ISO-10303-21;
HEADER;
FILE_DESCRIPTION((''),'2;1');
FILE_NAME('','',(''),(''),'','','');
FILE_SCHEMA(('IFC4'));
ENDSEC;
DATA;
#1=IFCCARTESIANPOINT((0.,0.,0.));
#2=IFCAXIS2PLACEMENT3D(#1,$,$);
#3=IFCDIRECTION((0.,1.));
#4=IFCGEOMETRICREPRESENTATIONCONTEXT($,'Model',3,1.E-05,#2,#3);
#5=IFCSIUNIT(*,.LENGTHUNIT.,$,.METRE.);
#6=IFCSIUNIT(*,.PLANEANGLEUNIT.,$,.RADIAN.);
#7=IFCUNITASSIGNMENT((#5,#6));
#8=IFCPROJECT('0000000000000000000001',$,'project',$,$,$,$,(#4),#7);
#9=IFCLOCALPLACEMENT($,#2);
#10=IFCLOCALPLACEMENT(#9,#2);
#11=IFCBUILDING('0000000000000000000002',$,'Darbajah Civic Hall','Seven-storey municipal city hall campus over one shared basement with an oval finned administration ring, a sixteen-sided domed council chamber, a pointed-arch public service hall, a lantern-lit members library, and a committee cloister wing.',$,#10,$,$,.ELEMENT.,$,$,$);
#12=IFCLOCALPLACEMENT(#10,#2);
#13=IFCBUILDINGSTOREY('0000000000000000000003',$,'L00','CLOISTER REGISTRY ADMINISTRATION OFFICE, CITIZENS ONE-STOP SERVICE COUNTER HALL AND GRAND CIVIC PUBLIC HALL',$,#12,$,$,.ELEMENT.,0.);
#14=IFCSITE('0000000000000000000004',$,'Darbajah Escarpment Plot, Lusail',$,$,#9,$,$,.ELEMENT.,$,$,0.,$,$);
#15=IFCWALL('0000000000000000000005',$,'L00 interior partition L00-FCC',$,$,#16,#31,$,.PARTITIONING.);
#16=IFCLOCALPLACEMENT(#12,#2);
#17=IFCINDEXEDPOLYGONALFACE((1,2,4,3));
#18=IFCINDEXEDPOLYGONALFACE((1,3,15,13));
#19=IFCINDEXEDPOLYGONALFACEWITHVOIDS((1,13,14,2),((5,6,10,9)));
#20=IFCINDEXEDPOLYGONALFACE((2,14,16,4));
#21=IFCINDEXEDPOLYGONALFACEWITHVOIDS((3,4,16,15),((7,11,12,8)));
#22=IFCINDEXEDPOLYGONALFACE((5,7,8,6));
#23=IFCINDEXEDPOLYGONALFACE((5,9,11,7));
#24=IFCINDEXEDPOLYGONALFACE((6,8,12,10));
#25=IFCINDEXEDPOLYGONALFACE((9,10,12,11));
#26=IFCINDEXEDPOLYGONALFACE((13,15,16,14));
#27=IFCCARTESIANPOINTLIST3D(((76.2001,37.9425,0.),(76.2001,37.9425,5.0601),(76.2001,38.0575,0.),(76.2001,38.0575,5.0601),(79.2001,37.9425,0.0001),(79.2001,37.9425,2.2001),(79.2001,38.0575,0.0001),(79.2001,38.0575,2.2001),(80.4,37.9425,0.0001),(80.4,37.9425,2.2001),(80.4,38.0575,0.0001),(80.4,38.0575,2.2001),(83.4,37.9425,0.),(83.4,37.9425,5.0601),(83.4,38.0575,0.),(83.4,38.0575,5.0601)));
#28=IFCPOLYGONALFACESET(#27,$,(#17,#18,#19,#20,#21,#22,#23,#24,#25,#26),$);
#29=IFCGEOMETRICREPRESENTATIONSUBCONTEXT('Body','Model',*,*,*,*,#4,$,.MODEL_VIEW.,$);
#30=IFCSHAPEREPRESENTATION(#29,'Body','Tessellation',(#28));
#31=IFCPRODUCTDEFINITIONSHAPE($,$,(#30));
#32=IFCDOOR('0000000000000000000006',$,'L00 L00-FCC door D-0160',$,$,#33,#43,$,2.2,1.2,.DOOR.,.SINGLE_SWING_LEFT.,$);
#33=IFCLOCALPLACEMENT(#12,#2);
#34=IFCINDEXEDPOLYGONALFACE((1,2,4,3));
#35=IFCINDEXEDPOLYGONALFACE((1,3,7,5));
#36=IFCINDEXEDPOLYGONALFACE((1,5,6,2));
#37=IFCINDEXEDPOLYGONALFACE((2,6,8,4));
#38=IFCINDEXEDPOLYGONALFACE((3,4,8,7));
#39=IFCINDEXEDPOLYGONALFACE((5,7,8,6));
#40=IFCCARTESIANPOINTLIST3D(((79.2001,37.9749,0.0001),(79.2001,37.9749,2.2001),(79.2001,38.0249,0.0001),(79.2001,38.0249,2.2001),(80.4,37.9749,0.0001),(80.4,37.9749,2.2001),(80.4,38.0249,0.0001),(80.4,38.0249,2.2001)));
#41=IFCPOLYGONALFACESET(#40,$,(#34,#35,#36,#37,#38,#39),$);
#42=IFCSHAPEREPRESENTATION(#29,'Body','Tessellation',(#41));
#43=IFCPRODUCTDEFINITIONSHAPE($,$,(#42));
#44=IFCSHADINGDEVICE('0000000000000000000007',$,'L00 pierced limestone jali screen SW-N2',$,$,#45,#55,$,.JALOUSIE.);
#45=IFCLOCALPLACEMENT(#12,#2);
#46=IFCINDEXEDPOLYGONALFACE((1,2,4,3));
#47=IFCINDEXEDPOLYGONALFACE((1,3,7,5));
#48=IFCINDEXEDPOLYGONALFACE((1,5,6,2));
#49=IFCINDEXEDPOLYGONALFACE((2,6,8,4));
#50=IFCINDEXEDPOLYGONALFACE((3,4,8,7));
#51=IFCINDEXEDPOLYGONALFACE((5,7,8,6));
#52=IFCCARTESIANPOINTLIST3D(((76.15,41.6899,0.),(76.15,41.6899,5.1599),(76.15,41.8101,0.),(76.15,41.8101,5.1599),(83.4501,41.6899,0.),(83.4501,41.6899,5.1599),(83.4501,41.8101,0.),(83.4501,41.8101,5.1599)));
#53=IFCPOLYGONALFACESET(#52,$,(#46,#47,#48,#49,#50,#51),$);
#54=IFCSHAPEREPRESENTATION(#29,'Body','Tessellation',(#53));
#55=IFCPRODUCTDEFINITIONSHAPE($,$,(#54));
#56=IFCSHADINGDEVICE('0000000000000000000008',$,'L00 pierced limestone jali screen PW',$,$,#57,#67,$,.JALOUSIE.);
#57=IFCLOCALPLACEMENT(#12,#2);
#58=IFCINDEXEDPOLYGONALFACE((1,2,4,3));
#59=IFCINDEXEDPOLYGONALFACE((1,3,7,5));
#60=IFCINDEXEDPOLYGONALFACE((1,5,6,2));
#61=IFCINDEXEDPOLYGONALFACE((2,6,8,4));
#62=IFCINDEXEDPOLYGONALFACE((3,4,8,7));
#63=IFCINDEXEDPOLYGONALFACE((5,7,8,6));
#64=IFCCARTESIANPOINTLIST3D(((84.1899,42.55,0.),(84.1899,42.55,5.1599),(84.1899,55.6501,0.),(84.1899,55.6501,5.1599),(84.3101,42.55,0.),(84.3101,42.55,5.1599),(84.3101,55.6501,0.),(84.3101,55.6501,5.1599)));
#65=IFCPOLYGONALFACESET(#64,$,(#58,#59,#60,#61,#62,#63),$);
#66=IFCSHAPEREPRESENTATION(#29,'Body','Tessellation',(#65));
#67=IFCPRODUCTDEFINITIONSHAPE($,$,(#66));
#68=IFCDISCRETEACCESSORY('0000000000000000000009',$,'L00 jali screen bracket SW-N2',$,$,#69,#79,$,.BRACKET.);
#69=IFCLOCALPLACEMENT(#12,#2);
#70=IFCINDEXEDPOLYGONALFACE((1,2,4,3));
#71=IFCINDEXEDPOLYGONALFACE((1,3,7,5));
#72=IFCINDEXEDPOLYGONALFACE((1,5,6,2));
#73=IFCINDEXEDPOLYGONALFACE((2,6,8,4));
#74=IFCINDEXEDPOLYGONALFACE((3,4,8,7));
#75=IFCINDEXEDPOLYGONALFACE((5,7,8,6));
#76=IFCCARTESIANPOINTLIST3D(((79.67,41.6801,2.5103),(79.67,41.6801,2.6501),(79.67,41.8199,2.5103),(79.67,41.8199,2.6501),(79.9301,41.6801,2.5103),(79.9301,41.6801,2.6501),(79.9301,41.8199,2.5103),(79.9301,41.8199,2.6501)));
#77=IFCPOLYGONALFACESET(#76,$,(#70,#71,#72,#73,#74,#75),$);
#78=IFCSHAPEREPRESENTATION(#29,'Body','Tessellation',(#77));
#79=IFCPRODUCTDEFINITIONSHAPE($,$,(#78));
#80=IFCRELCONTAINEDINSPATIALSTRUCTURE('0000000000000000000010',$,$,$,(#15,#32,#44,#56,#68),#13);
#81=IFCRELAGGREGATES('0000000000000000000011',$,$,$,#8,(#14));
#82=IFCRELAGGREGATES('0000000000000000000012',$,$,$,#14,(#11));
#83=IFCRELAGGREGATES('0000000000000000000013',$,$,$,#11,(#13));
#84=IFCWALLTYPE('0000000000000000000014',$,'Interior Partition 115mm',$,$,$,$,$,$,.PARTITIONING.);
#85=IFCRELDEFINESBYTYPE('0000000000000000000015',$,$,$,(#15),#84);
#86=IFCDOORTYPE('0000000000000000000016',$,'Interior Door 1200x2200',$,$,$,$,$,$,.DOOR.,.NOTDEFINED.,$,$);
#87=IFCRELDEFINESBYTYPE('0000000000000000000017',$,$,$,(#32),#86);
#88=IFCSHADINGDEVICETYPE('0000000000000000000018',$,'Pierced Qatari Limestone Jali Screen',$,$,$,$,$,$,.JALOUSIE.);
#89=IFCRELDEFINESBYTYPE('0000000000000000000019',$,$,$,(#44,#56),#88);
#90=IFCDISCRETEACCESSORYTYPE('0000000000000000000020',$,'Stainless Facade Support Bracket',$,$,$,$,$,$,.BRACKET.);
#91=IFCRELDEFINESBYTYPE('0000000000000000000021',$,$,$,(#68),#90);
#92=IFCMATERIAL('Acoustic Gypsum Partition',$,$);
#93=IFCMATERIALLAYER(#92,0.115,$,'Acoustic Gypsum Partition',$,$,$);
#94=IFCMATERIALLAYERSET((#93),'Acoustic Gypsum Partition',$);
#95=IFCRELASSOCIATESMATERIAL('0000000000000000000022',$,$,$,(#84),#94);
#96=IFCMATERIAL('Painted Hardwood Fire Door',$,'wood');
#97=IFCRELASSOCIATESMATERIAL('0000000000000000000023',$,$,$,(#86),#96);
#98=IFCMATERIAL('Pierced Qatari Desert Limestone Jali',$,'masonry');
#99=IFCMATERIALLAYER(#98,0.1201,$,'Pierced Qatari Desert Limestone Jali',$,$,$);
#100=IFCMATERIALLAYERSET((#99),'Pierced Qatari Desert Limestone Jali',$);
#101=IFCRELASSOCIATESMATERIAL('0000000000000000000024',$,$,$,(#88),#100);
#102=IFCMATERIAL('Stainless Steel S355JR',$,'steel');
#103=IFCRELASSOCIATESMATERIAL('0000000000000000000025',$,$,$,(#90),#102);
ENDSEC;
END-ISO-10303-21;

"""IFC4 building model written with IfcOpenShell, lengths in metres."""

from ifc_helpers import new_model, si_unit, direction, frame, frame_2d, origin, origin_2d, place, context, subcontext, project, spatial, rectangle, extrude, material, layer, layer_set, type_object, element, fill, save


model = new_model("IFC4")

# Units and contexts
model_context = context("Model", 3, precision=1e-05, world=origin(), true_north=direction((0.0, 1.0)))
body_context = subcontext(model_context, "Body", "Model", "MODEL_VIEW")
ifc_project = project(units=[si_unit("LENGTHUNIT", "METRE"), si_unit("PLANEANGLEUNIT", "RADIAN")], contexts=[model_context])

# Site, building, storey
site_placement = place(None, origin())
site = spatial("IfcSite", under=ifc_project, at=site_placement, Name="Darbajah Escarpment Plot, Lusail", CompositionType="ELEMENT", RefElevation=0.0)
building_placement = place(site_placement, origin())
building = spatial("IfcBuilding", under=site, at=building_placement, Name="Darbajah Civic Hall", Description="Seven-storey municipal city hall campus over one shared basement with an oval finned administration ring, a sixteen-sided domed council chamber, a pointed-arch public service hall, a lantern-lit members library, and a committee cloister wing.", CompositionType="ELEMENT")
storey_placement = place(building_placement, origin())
storey = spatial("IfcBuildingStorey", under=building, at=storey_placement, Name="L00", Description="CLOISTER REGISTRY ADMINISTRATION OFFICE, CITIZENS ONE-STOP SERVICE COUNTER HALL AND GRAND CIVIC PUBLIC HALL", CompositionType="ELEMENT", Elevation=0.0)

# Wall, opening, door
ifc_material_1 = material(Name="Acoustic Gypsum Partition")
ifc_layer_1 = layer(ifc_material_1, 0.115, Name="Acoustic Gypsum Partition")
ifc_layer_set_1 = layer_set([ifc_layer_1], Name="Acoustic Gypsum Partition")
wall_type = type_object("IfcWallType", Name="Interior Partition 115mm", PredefinedType="PARTITIONING", material=ifc_layer_set_1)
wall_placement = place(storey_placement, frame((76.2, 38.0, 0.0), z_axis=(0.0, 0.0, 1.0), x_axis=(1.0, 0.0, 0.0)))
wall = element("IfcWall", 1, at=wall_placement, inside=storey, type_object=wall_type, Name="L00 interior partition L00-FCC", PredefinedType="PARTITIONING", context=body_context, shape_type="SweptSolid", body=[
    extrude(rectangle(XDim=7.2, YDim=0.115, at=frame_2d((3.6001, 0.0))), origin(), (0.0, 0.0, 1.0), 5.0601),
])
opening_placement = place(wall_placement, frame((3.0, 0.0, 0.0)))
opening = element("IfcOpeningElement", 2, at=opening_placement, cuts=wall, PredefinedType="OPENING", context=body_context, shape_type="SweptSolid", body=[
    extrude(rectangle(XDim=1.2, YDim=2.2, at=frame_2d((0.6001, 1.1001))), frame((0.0, 0.0674, 0.0), z_axis=(0.0, -1.0, 0.0), x_axis=(1.0, 0.0, 0.0)), (0.0, 0.0, 1.0), 0.135),
])
ifc_material_2 = material(Name="Painted Hardwood Fire Door", Category="wood")
door_type = type_object("IfcDoorType", Name="Interior Door 1200x2200", OperationType="NOTDEFINED", PredefinedType="DOOR", material=ifc_material_2)
door_placement = place(opening_placement, origin())
door = element("IfcDoor", 3, at=door_placement, inside=storey, type_object=door_type, Name="L00 L00-FCC door D-0160", OperationType="SINGLE_SWING_LEFT", OverallHeight=2.2, OverallWidth=1.2, PredefinedType="DOOR", context=body_context, shape_type="SweptSolid", body=[
    extrude(rectangle(XDim=1.2, YDim=2.2, at=frame_2d((0.6001, 1.1001))), frame((0.0, 0.0249, 0.0), z_axis=(0.0, -1.0, 0.0), x_axis=(1.0, 0.0, 0.0)), (0.0, 0.0, 1.0), 0.05),
])
fill(opening, door)

# Shading devices
ifc_material_3 = material(Name="Pierced Qatari Desert Limestone Jali", Category="masonry")
ifc_layer_2 = layer(ifc_material_3, 0.1201, Name="Pierced Qatari Desert Limestone Jali")
ifc_layer_set_2 = layer_set([ifc_layer_2], Name="Pierced Qatari Desert Limestone Jali")
shading_device_type = type_object("IfcShadingDeviceType", Name="Pierced Qatari Limestone Jali Screen", PredefinedType="JALOUSIE", material=ifc_layer_set_2)
shading_device_1_placement = place(storey_placement, frame((79.8, 41.75, 0.0), z_axis=(0.0, 0.0, 1.0), x_axis=(1.0, 0.0, 0.0)))
element("IfcShadingDevice", 4, at=shading_device_1_placement, inside=storey, type_object=shading_device_type, Name="L00 pierced limestone jali screen SW-N2", PredefinedType="JALOUSIE", context=body_context, shape_type="SweptSolid", body=[
    extrude(rectangle(XDim=7.3, YDim=0.1201, at=origin_2d()), origin(), (0.0, 0.0, 1.0), 5.1599),
])
shading_device_2_placement = place(storey_placement, frame((84.25, 49.1001, 0.0), z_axis=(0.0, 0.0, 1.0), x_axis=(0.0, 1.0, 0.0)))
element("IfcShadingDevice", 5, at=shading_device_2_placement, inside=storey, type_object=shading_device_type, Name="L00 pierced limestone jali screen PW", PredefinedType="JALOUSIE", context=body_context, shape_type="SweptSolid", body=[
    extrude(rectangle(XDim=13.1001, YDim=0.1201, at=origin_2d()), origin(), (0.0, 0.0, 1.0), 5.1599),
])

# Discrete accessory
ifc_material_4 = material(Name="Stainless Steel S355JR", Category="steel")
discrete_accessory_type = type_object("IfcDiscreteAccessoryType", Name="Stainless Facade Support Bracket", PredefinedType="BRACKET", material=ifc_material_4)
discrete_accessory_placement = place(storey_placement, frame((79.8, 41.75, 2.5103), z_axis=(0.0, 0.0, 1.0), x_axis=(1.0, 0.0, 0.0)))
element("IfcDiscreteAccessory", 6, at=discrete_accessory_placement, inside=storey, type_object=discrete_accessory_type, Name="L00 jali screen bracket SW-N2", PredefinedType="BRACKET", context=body_context, shape_type="SweptSolid", body=[
    extrude(rectangle(XDim=0.26, YDim=0.1399, at=origin_2d()), origin(), (0.0, 0.0, 1.0), 0.1399),
])

save(model, "model.ifc")
